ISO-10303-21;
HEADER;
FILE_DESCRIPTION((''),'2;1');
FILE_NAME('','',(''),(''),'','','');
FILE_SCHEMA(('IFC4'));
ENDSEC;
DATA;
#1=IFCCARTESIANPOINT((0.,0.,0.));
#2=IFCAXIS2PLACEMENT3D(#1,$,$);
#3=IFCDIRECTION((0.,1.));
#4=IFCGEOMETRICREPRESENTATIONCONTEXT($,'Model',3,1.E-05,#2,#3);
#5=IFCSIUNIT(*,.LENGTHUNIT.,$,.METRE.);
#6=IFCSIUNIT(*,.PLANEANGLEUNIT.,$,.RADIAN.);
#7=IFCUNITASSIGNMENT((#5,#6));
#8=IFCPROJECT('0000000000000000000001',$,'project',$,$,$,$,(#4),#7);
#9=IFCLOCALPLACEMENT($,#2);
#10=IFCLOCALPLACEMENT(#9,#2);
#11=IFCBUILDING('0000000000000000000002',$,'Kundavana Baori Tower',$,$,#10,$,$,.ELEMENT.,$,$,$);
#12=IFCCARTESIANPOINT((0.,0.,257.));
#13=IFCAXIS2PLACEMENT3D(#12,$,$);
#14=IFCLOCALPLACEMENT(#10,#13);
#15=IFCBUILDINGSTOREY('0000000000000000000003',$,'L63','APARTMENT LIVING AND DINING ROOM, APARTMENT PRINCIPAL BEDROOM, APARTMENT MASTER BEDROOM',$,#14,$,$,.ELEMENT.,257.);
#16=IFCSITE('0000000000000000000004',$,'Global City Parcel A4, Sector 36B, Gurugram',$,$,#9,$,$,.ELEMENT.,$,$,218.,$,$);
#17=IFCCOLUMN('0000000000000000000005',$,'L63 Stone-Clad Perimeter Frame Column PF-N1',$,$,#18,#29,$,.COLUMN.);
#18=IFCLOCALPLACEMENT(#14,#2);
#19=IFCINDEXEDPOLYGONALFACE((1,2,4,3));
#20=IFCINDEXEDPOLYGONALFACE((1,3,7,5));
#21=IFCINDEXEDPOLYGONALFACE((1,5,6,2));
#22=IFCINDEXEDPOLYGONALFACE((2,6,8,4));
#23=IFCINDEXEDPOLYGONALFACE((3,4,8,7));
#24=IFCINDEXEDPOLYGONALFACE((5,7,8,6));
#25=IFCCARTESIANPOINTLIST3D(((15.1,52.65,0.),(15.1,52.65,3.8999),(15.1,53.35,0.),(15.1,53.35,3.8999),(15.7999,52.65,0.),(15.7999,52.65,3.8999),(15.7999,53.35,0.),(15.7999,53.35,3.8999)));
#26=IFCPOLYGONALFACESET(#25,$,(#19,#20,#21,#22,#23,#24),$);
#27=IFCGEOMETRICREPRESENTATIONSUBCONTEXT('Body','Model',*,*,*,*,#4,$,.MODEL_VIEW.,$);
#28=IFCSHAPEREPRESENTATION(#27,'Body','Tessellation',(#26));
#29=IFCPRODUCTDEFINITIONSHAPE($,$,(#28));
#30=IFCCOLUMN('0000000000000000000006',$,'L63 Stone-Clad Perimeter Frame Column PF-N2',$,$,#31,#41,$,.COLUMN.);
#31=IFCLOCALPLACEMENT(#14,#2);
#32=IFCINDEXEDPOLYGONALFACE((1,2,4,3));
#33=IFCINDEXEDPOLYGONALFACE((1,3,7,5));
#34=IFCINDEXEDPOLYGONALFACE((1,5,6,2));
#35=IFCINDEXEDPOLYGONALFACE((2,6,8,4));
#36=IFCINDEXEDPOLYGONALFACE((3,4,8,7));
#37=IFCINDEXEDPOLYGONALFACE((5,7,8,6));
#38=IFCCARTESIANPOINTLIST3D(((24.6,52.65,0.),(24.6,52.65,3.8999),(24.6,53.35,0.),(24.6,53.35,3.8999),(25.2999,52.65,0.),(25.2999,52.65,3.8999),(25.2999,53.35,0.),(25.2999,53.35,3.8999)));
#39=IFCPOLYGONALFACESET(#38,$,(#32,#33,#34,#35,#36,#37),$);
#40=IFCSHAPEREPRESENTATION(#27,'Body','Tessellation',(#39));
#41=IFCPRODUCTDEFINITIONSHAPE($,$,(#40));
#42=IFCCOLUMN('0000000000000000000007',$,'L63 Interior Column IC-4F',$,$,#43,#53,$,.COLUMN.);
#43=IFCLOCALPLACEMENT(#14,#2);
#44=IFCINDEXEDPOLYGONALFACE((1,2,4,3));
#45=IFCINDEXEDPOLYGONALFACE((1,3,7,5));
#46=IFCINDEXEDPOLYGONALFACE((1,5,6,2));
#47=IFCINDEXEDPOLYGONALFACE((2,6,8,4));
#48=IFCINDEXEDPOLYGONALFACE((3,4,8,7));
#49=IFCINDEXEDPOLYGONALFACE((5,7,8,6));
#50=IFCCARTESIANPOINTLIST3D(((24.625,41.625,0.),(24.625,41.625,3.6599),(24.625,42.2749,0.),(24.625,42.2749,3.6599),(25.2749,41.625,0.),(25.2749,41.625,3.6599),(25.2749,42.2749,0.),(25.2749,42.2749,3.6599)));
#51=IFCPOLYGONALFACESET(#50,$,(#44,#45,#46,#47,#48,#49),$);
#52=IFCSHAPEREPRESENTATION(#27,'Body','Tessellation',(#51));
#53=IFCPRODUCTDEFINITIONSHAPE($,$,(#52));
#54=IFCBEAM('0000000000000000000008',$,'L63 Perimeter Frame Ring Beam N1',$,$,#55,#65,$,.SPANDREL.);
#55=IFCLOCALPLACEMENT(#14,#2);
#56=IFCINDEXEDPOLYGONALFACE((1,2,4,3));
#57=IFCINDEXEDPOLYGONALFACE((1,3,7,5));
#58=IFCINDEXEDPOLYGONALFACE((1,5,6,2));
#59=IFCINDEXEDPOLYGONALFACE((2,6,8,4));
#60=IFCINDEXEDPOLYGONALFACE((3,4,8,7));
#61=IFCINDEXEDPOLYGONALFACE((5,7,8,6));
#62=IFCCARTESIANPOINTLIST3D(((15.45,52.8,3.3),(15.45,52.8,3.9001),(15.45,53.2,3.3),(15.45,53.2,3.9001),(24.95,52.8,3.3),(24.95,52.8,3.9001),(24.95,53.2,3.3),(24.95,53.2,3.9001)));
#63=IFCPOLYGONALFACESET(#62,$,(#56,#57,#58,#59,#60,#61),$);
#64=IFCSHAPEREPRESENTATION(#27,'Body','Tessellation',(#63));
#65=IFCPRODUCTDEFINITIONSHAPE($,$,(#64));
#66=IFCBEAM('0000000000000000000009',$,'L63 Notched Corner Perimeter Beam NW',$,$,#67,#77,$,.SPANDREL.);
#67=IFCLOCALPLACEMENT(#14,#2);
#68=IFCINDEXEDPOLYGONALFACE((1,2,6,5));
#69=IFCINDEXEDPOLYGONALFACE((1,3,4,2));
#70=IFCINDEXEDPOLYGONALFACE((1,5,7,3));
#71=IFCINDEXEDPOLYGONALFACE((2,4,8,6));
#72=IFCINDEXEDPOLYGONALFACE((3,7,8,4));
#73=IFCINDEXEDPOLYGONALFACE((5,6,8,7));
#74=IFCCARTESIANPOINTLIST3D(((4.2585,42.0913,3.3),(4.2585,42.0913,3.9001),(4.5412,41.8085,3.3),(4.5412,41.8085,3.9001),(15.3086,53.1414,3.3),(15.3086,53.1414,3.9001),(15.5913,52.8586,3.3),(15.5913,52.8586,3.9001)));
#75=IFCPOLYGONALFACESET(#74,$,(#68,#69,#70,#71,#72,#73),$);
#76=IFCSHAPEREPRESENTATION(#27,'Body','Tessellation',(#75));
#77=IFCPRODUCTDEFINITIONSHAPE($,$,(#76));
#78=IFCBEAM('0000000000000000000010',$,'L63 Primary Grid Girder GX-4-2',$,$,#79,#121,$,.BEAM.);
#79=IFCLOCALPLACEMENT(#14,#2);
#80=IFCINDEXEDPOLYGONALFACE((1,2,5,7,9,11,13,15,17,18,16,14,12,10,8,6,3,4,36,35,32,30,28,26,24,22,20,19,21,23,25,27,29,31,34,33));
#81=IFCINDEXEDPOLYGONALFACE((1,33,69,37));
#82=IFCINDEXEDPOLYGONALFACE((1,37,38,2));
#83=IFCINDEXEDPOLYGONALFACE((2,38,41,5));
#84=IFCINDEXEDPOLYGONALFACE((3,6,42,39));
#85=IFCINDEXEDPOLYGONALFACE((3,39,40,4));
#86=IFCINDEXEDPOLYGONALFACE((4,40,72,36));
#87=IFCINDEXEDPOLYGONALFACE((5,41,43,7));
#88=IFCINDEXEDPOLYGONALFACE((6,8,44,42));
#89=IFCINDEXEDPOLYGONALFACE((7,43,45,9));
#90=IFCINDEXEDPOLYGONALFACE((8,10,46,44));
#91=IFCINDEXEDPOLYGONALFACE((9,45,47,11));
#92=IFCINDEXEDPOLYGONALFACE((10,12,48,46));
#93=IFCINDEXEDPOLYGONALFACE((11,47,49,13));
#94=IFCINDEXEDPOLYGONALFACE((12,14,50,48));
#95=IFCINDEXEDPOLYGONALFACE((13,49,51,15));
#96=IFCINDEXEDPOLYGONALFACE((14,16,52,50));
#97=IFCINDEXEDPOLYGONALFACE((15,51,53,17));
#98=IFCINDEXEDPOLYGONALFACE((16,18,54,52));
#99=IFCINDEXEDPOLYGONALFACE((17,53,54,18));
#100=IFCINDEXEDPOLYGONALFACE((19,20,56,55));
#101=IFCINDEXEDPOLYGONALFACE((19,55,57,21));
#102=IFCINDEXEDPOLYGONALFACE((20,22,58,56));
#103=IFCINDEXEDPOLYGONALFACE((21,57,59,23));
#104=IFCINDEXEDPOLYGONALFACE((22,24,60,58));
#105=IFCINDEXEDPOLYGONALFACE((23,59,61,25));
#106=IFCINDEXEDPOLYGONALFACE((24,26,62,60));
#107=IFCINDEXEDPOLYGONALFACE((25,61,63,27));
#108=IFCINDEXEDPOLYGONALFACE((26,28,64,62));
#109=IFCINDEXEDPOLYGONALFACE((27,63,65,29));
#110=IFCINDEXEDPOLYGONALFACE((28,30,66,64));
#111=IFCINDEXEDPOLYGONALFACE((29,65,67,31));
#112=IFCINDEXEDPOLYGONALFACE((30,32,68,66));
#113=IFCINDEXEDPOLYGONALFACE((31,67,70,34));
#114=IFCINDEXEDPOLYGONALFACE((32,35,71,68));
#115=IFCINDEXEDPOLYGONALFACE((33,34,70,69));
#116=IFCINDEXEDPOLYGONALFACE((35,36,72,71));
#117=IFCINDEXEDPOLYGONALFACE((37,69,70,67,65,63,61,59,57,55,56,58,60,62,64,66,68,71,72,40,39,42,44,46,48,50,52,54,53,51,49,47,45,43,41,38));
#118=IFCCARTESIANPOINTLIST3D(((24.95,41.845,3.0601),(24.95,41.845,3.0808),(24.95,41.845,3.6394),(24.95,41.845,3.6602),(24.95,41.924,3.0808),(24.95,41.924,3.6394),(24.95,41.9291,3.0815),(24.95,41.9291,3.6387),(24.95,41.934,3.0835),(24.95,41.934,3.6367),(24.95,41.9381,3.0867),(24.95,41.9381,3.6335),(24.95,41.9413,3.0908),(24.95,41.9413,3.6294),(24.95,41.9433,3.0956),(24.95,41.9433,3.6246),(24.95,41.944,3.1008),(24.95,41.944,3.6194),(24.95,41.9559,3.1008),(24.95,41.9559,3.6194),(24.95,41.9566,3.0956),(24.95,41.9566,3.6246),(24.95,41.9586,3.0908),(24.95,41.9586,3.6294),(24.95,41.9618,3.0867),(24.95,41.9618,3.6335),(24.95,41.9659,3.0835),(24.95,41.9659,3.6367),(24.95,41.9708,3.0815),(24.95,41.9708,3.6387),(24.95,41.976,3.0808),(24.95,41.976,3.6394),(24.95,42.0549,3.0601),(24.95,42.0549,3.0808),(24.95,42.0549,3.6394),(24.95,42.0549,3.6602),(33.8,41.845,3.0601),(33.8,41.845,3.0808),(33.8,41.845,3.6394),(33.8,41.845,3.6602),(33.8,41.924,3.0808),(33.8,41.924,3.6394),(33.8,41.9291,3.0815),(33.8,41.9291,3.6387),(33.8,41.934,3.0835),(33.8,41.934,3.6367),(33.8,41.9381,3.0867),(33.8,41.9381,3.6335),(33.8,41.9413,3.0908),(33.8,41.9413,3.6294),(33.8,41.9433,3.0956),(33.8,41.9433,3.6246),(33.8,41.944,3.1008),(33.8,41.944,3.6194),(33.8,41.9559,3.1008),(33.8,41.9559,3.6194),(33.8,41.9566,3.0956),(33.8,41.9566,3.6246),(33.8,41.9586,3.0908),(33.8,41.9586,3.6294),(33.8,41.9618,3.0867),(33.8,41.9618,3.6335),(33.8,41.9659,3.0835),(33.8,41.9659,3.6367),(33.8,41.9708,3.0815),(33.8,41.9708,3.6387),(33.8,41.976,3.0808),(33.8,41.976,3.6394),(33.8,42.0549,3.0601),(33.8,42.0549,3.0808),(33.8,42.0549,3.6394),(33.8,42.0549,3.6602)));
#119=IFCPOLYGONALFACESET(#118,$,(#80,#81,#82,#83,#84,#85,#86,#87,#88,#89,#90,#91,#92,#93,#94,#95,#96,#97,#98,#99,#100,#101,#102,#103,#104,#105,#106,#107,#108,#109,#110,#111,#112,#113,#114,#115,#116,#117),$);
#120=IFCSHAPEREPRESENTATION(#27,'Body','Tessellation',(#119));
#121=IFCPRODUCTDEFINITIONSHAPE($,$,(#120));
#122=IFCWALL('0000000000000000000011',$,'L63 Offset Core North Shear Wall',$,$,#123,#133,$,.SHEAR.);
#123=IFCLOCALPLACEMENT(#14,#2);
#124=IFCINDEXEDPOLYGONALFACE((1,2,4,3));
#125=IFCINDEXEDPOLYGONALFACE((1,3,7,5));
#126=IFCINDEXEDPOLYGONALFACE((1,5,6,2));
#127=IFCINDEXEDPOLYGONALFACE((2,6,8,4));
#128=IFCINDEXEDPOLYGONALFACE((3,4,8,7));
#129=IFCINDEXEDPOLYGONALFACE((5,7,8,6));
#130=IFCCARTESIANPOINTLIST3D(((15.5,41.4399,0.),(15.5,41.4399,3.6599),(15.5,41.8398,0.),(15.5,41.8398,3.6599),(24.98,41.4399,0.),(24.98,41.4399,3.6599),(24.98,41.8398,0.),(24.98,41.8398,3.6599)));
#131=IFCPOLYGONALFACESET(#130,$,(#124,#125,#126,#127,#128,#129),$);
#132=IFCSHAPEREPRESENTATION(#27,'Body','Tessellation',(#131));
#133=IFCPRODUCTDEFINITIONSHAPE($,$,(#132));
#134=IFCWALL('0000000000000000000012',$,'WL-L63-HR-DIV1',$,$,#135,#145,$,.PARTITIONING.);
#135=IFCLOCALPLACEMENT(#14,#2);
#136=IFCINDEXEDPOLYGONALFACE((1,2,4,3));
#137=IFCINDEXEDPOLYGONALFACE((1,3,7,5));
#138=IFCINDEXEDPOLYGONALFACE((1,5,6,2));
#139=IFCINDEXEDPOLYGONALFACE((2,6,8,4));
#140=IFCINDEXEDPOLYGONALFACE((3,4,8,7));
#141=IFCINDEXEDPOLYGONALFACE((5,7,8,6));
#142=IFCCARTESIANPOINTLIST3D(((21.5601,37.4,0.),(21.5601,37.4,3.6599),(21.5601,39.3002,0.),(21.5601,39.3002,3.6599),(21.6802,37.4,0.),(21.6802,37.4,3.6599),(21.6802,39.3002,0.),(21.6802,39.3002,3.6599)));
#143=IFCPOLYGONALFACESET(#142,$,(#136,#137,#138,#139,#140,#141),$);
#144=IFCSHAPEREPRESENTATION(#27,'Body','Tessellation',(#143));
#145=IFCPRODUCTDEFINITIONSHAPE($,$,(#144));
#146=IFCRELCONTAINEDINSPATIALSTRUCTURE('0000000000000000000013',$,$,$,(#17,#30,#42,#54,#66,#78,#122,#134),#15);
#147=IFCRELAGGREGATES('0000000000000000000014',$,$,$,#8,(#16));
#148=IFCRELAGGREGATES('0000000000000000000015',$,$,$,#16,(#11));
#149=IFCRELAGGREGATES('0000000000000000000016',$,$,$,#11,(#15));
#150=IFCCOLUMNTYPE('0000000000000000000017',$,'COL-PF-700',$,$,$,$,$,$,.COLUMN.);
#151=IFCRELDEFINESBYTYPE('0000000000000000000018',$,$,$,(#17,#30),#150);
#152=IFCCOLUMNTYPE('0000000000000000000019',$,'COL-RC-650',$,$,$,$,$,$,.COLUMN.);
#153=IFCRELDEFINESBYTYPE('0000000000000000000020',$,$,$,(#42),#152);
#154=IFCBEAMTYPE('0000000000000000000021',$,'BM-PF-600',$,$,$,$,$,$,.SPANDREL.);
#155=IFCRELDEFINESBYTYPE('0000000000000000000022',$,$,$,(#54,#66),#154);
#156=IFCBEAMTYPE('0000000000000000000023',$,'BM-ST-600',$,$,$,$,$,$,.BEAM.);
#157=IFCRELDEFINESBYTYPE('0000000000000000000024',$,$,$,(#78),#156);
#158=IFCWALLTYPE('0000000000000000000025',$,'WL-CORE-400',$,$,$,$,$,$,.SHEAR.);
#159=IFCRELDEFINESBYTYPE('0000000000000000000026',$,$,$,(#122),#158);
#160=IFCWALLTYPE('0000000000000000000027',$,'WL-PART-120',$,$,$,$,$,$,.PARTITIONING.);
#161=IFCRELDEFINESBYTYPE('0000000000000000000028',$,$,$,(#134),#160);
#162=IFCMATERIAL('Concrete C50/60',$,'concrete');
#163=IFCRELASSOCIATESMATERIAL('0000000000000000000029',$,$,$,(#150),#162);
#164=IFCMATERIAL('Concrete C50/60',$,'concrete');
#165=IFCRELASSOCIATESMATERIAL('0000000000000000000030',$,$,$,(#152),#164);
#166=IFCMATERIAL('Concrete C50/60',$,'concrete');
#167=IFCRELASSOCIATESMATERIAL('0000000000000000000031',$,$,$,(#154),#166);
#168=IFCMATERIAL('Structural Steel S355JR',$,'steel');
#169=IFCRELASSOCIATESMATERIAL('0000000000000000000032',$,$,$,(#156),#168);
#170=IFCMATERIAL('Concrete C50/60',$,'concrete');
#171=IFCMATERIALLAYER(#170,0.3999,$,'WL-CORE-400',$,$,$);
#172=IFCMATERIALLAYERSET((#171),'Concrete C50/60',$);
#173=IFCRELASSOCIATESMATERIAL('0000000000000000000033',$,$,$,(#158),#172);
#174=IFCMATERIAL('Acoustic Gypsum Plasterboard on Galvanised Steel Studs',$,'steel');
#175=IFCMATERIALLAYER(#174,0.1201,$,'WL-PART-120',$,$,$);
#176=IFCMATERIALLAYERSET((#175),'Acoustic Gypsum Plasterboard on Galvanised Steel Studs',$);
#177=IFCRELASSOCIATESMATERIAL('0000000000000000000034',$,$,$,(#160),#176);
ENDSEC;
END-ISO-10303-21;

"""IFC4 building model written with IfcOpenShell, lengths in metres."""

from ifc_helpers import new_model, si_unit, direction, frame, frame_2d, origin, origin_2d, place, context, subcontext, project, spatial, rectangle, i_section, extrude, material, layer, layer_set, material_profile, profile_set, type_object, element, save


model = new_model("IFC4")

# Units and contexts
model_context = context("Model", 3, precision=1e-05, world=origin(), true_north=direction((0.0, 1.0)))
body_context = subcontext(model_context, "Body", "Model", "MODEL_VIEW")
ifc_project = project(units=[si_unit("LENGTHUNIT", "METRE"), si_unit("PLANEANGLEUNIT", "RADIAN")], contexts=[model_context])

# Site, building, storey
site_placement = place(None, origin())
site = spatial("IfcSite", under=ifc_project, at=site_placement, Name="Global City Parcel A4, Sector 36B, Gurugram", CompositionType="ELEMENT", RefElevation=218.0)
building_placement = place(site_placement, origin())
building = spatial("IfcBuilding", under=site, at=building_placement, Name="Kundavana Baori Tower", CompositionType="ELEMENT")
storey_placement = place(building_placement, frame((0.0, 0.0, 257.0)))
storey = spatial("IfcBuildingStorey", under=building, at=storey_placement, Name="L63", Description="APARTMENT LIVING AND DINING ROOM, APARTMENT PRINCIPAL BEDROOM, APARTMENT MASTER BEDROOM", CompositionType="ELEMENT", Elevation=257.0)

# Columns
ifc_material_1 = material(Name="Concrete C50/60", Category="concrete")
ifc_material_profile_1 = material_profile(ifc_material_1, rectangle(XDim=0.7, YDim=0.7, at=origin_2d()), Name="RC PF 700x700")
ifc_profile_set_1 = profile_set([ifc_material_profile_1], Name="Concrete C50/60")
column_type_1 = type_object("IfcColumnType", Name="COL-PF-700", PredefinedType="COLUMN", material=ifc_profile_set_1)
for number, where, z_axis, x_axis, name in (
    (1, (15.45, 53.0, 0.0), (0.0, 0.0, 1.0), (1.0, 0.0, 0.0), "L63 Stone-Clad Perimeter Frame Column PF-N1"),
    (2, (24.95, 53.0, 0.0), (0.0, 0.0, 1.0), (1.0, 0.0, 0.0), "L63 Stone-Clad Perimeter Frame Column PF-N2"),
):
    element("IfcColumn", number, at=place(storey_placement, frame(where, z_axis=z_axis, x_axis=x_axis)), inside=storey, type_object=column_type_1, Name=name, PredefinedType="COLUMN", context=body_context, shape_type="SweptSolid", body=[
        extrude(rectangle(XDim=0.7, YDim=0.7, at=origin_2d()), origin(), (0.0, 0.0, 1.0), 3.8999),
    ])
ifc_material_2 = material(Name="Concrete C50/60", Category="concrete")
ifc_material_profile_2 = material_profile(ifc_material_2, rectangle(XDim=0.6499, YDim=0.6499, at=origin_2d()), Name="RC 650x650")
ifc_profile_set_2 = profile_set([ifc_material_profile_2], Name="Concrete C50/60")
column_type_2 = type_object("IfcColumnType", Name="COL-RC-650", PredefinedType="COLUMN", material=ifc_profile_set_2)
column_placement = place(storey_placement, frame((24.95, 41.95, 0.0), z_axis=(0.0, 0.0, 1.0), x_axis=(1.0, 0.0, 0.0)))
element("IfcColumn", 3, at=column_placement, inside=storey, type_object=column_type_2, Name="L63 Interior Column IC-4F", PredefinedType="COLUMN", context=body_context, shape_type="SweptSolid", body=[
    extrude(rectangle(XDim=0.6499, YDim=0.6499, at=origin_2d()), origin(), (0.0, 0.0, 1.0), 3.6599),
])

# Beams
ifc_material_3 = material(Name="Concrete C50/60", Category="concrete")
ifc_material_profile_3 = material_profile(ifc_material_3, rectangle(XDim=0.3999, YDim=0.6001, at=origin_2d()), Name="RC BM 400x600")
ifc_profile_set_3 = profile_set([ifc_material_profile_3], Name="Concrete C50/60")
beam_type_1 = type_object("IfcBeamType", Name="BM-PF-600", PredefinedType="SPANDREL", material=ifc_profile_set_3)
beam_1_placement = place(storey_placement, frame((15.45, 53.0, 3.6001), z_axis=(1.0, 0.0, 0.0), x_axis=(0.0, 1.0, 0.0)))
element("IfcBeam", 4, at=beam_1_placement, inside=storey, type_object=beam_type_1, Name="L63 Perimeter Frame Ring Beam N1", PredefinedType="SPANDREL", context=body_context, shape_type="SweptSolid", body=[
    extrude(rectangle(XDim=0.3999, YDim=0.6001, at=origin_2d()), origin(), (0.0, 0.0, 1.0), 9.5),
])
beam_2_placement = place(storey_placement, frame((15.45, 53.0, 3.6001), z_axis=(-0.707107, -0.707107, 0.0), x_axis=(0.707107, -0.707107, 0.0)))
element("IfcBeam", 5, at=beam_2_placement, inside=storey, type_object=beam_type_1, Name="L63 Notched Corner Perimeter Beam NW", PredefinedType="SPANDREL", context=body_context, shape_type="SweptSolid", body=[
    extrude(rectangle(XDim=0.3999, YDim=0.6001, at=origin_2d()), origin(), (0.0, 0.0, 1.0), 15.6272),
])
ifc_material_4 = material(Name="Structural Steel S355JR", Category="steel")
ifc_material_profile_4 = material_profile(ifc_material_4, i_section(OverallWidth=0.21, OverallDepth=0.6001, WebThickness=0.012, FlangeThickness=0.0208, FilletRadius=0.02, at=origin_2d()), Name="ISMB 600")
ifc_profile_set_4 = profile_set([ifc_material_profile_4], Name="Structural Steel S355JR")
beam_type_2 = type_object("IfcBeamType", Name="BM-ST-600", PredefinedType="BEAM", material=ifc_profile_set_4)
beam_3_placement = place(storey_placement, frame((24.95, 41.95, 3.3601), z_axis=(1.0, 0.0, 0.0), x_axis=(0.0, 1.0, 0.0)))
element("IfcBeam", 6, at=beam_3_placement, inside=storey, type_object=beam_type_2, Name="L63 Primary Grid Girder GX-4-2", PredefinedType="BEAM", context=body_context, shape_type="SweptSolid", body=[
    extrude(i_section(OverallWidth=0.21, OverallDepth=0.6001, WebThickness=0.012, FlangeThickness=0.0208, FilletRadius=0.02, at=origin_2d()), origin(), (0.0, 0.0, 1.0), 8.8501),
])

# Walls
ifc_material_5 = material(Name="Concrete C50/60", Category="concrete")
ifc_layer_1 = layer(ifc_material_5, 0.3999, Name="WL-CORE-400")
ifc_layer_set_1 = layer_set([ifc_layer_1], Name="Concrete C50/60")
wall_type_1 = type_object("IfcWallType", Name="WL-CORE-400", PredefinedType="SHEAR", material=ifc_layer_set_1)
wall_1_placement = place(storey_placement, frame((15.5, 41.6399, 0.0), z_axis=(0.0, 0.0, 1.0), x_axis=(1.0, 0.0, 0.0)))
element("IfcWall", 7, at=wall_1_placement, inside=storey, type_object=wall_type_1, Name="L63 Offset Core North Shear Wall", PredefinedType="SHEAR", context=body_context, shape_type="SweptSolid", body=[
    extrude(rectangle(XDim=9.48, YDim=0.3999, at=frame_2d((4.74, 0.0))), origin(), (0.0, 0.0, 1.0), 3.6599),
])
ifc_material_6 = material(Name="Acoustic Gypsum Plasterboard on Galvanised Steel Studs", Category="steel")
ifc_layer_2 = layer(ifc_material_6, 0.1201, Name="WL-PART-120")
ifc_layer_set_2 = layer_set([ifc_layer_2], Name="Acoustic Gypsum Plasterboard on Galvanised Steel Studs")
wall_type_2 = type_object("IfcWallType", Name="WL-PART-120", PredefinedType="PARTITIONING", material=ifc_layer_set_2)
wall_2_placement = place(storey_placement, frame((21.6201, 37.3999, 0.0), z_axis=(0.0, 0.0, 1.0), x_axis=(0.0, 1.0, 0.0)))
element("IfcWall", 8, at=wall_2_placement, inside=storey, type_object=wall_type_2, Name="WL-L63-HR-DIV1", PredefinedType="PARTITIONING", context=body_context, shape_type="SweptSolid", body=[
    extrude(rectangle(XDim=1.9001, YDim=0.1201, at=frame_2d((0.9502, 0.0))), origin(), (0.0, 0.0, 1.0), 3.6599),
])

save(model, "model.ifc")
